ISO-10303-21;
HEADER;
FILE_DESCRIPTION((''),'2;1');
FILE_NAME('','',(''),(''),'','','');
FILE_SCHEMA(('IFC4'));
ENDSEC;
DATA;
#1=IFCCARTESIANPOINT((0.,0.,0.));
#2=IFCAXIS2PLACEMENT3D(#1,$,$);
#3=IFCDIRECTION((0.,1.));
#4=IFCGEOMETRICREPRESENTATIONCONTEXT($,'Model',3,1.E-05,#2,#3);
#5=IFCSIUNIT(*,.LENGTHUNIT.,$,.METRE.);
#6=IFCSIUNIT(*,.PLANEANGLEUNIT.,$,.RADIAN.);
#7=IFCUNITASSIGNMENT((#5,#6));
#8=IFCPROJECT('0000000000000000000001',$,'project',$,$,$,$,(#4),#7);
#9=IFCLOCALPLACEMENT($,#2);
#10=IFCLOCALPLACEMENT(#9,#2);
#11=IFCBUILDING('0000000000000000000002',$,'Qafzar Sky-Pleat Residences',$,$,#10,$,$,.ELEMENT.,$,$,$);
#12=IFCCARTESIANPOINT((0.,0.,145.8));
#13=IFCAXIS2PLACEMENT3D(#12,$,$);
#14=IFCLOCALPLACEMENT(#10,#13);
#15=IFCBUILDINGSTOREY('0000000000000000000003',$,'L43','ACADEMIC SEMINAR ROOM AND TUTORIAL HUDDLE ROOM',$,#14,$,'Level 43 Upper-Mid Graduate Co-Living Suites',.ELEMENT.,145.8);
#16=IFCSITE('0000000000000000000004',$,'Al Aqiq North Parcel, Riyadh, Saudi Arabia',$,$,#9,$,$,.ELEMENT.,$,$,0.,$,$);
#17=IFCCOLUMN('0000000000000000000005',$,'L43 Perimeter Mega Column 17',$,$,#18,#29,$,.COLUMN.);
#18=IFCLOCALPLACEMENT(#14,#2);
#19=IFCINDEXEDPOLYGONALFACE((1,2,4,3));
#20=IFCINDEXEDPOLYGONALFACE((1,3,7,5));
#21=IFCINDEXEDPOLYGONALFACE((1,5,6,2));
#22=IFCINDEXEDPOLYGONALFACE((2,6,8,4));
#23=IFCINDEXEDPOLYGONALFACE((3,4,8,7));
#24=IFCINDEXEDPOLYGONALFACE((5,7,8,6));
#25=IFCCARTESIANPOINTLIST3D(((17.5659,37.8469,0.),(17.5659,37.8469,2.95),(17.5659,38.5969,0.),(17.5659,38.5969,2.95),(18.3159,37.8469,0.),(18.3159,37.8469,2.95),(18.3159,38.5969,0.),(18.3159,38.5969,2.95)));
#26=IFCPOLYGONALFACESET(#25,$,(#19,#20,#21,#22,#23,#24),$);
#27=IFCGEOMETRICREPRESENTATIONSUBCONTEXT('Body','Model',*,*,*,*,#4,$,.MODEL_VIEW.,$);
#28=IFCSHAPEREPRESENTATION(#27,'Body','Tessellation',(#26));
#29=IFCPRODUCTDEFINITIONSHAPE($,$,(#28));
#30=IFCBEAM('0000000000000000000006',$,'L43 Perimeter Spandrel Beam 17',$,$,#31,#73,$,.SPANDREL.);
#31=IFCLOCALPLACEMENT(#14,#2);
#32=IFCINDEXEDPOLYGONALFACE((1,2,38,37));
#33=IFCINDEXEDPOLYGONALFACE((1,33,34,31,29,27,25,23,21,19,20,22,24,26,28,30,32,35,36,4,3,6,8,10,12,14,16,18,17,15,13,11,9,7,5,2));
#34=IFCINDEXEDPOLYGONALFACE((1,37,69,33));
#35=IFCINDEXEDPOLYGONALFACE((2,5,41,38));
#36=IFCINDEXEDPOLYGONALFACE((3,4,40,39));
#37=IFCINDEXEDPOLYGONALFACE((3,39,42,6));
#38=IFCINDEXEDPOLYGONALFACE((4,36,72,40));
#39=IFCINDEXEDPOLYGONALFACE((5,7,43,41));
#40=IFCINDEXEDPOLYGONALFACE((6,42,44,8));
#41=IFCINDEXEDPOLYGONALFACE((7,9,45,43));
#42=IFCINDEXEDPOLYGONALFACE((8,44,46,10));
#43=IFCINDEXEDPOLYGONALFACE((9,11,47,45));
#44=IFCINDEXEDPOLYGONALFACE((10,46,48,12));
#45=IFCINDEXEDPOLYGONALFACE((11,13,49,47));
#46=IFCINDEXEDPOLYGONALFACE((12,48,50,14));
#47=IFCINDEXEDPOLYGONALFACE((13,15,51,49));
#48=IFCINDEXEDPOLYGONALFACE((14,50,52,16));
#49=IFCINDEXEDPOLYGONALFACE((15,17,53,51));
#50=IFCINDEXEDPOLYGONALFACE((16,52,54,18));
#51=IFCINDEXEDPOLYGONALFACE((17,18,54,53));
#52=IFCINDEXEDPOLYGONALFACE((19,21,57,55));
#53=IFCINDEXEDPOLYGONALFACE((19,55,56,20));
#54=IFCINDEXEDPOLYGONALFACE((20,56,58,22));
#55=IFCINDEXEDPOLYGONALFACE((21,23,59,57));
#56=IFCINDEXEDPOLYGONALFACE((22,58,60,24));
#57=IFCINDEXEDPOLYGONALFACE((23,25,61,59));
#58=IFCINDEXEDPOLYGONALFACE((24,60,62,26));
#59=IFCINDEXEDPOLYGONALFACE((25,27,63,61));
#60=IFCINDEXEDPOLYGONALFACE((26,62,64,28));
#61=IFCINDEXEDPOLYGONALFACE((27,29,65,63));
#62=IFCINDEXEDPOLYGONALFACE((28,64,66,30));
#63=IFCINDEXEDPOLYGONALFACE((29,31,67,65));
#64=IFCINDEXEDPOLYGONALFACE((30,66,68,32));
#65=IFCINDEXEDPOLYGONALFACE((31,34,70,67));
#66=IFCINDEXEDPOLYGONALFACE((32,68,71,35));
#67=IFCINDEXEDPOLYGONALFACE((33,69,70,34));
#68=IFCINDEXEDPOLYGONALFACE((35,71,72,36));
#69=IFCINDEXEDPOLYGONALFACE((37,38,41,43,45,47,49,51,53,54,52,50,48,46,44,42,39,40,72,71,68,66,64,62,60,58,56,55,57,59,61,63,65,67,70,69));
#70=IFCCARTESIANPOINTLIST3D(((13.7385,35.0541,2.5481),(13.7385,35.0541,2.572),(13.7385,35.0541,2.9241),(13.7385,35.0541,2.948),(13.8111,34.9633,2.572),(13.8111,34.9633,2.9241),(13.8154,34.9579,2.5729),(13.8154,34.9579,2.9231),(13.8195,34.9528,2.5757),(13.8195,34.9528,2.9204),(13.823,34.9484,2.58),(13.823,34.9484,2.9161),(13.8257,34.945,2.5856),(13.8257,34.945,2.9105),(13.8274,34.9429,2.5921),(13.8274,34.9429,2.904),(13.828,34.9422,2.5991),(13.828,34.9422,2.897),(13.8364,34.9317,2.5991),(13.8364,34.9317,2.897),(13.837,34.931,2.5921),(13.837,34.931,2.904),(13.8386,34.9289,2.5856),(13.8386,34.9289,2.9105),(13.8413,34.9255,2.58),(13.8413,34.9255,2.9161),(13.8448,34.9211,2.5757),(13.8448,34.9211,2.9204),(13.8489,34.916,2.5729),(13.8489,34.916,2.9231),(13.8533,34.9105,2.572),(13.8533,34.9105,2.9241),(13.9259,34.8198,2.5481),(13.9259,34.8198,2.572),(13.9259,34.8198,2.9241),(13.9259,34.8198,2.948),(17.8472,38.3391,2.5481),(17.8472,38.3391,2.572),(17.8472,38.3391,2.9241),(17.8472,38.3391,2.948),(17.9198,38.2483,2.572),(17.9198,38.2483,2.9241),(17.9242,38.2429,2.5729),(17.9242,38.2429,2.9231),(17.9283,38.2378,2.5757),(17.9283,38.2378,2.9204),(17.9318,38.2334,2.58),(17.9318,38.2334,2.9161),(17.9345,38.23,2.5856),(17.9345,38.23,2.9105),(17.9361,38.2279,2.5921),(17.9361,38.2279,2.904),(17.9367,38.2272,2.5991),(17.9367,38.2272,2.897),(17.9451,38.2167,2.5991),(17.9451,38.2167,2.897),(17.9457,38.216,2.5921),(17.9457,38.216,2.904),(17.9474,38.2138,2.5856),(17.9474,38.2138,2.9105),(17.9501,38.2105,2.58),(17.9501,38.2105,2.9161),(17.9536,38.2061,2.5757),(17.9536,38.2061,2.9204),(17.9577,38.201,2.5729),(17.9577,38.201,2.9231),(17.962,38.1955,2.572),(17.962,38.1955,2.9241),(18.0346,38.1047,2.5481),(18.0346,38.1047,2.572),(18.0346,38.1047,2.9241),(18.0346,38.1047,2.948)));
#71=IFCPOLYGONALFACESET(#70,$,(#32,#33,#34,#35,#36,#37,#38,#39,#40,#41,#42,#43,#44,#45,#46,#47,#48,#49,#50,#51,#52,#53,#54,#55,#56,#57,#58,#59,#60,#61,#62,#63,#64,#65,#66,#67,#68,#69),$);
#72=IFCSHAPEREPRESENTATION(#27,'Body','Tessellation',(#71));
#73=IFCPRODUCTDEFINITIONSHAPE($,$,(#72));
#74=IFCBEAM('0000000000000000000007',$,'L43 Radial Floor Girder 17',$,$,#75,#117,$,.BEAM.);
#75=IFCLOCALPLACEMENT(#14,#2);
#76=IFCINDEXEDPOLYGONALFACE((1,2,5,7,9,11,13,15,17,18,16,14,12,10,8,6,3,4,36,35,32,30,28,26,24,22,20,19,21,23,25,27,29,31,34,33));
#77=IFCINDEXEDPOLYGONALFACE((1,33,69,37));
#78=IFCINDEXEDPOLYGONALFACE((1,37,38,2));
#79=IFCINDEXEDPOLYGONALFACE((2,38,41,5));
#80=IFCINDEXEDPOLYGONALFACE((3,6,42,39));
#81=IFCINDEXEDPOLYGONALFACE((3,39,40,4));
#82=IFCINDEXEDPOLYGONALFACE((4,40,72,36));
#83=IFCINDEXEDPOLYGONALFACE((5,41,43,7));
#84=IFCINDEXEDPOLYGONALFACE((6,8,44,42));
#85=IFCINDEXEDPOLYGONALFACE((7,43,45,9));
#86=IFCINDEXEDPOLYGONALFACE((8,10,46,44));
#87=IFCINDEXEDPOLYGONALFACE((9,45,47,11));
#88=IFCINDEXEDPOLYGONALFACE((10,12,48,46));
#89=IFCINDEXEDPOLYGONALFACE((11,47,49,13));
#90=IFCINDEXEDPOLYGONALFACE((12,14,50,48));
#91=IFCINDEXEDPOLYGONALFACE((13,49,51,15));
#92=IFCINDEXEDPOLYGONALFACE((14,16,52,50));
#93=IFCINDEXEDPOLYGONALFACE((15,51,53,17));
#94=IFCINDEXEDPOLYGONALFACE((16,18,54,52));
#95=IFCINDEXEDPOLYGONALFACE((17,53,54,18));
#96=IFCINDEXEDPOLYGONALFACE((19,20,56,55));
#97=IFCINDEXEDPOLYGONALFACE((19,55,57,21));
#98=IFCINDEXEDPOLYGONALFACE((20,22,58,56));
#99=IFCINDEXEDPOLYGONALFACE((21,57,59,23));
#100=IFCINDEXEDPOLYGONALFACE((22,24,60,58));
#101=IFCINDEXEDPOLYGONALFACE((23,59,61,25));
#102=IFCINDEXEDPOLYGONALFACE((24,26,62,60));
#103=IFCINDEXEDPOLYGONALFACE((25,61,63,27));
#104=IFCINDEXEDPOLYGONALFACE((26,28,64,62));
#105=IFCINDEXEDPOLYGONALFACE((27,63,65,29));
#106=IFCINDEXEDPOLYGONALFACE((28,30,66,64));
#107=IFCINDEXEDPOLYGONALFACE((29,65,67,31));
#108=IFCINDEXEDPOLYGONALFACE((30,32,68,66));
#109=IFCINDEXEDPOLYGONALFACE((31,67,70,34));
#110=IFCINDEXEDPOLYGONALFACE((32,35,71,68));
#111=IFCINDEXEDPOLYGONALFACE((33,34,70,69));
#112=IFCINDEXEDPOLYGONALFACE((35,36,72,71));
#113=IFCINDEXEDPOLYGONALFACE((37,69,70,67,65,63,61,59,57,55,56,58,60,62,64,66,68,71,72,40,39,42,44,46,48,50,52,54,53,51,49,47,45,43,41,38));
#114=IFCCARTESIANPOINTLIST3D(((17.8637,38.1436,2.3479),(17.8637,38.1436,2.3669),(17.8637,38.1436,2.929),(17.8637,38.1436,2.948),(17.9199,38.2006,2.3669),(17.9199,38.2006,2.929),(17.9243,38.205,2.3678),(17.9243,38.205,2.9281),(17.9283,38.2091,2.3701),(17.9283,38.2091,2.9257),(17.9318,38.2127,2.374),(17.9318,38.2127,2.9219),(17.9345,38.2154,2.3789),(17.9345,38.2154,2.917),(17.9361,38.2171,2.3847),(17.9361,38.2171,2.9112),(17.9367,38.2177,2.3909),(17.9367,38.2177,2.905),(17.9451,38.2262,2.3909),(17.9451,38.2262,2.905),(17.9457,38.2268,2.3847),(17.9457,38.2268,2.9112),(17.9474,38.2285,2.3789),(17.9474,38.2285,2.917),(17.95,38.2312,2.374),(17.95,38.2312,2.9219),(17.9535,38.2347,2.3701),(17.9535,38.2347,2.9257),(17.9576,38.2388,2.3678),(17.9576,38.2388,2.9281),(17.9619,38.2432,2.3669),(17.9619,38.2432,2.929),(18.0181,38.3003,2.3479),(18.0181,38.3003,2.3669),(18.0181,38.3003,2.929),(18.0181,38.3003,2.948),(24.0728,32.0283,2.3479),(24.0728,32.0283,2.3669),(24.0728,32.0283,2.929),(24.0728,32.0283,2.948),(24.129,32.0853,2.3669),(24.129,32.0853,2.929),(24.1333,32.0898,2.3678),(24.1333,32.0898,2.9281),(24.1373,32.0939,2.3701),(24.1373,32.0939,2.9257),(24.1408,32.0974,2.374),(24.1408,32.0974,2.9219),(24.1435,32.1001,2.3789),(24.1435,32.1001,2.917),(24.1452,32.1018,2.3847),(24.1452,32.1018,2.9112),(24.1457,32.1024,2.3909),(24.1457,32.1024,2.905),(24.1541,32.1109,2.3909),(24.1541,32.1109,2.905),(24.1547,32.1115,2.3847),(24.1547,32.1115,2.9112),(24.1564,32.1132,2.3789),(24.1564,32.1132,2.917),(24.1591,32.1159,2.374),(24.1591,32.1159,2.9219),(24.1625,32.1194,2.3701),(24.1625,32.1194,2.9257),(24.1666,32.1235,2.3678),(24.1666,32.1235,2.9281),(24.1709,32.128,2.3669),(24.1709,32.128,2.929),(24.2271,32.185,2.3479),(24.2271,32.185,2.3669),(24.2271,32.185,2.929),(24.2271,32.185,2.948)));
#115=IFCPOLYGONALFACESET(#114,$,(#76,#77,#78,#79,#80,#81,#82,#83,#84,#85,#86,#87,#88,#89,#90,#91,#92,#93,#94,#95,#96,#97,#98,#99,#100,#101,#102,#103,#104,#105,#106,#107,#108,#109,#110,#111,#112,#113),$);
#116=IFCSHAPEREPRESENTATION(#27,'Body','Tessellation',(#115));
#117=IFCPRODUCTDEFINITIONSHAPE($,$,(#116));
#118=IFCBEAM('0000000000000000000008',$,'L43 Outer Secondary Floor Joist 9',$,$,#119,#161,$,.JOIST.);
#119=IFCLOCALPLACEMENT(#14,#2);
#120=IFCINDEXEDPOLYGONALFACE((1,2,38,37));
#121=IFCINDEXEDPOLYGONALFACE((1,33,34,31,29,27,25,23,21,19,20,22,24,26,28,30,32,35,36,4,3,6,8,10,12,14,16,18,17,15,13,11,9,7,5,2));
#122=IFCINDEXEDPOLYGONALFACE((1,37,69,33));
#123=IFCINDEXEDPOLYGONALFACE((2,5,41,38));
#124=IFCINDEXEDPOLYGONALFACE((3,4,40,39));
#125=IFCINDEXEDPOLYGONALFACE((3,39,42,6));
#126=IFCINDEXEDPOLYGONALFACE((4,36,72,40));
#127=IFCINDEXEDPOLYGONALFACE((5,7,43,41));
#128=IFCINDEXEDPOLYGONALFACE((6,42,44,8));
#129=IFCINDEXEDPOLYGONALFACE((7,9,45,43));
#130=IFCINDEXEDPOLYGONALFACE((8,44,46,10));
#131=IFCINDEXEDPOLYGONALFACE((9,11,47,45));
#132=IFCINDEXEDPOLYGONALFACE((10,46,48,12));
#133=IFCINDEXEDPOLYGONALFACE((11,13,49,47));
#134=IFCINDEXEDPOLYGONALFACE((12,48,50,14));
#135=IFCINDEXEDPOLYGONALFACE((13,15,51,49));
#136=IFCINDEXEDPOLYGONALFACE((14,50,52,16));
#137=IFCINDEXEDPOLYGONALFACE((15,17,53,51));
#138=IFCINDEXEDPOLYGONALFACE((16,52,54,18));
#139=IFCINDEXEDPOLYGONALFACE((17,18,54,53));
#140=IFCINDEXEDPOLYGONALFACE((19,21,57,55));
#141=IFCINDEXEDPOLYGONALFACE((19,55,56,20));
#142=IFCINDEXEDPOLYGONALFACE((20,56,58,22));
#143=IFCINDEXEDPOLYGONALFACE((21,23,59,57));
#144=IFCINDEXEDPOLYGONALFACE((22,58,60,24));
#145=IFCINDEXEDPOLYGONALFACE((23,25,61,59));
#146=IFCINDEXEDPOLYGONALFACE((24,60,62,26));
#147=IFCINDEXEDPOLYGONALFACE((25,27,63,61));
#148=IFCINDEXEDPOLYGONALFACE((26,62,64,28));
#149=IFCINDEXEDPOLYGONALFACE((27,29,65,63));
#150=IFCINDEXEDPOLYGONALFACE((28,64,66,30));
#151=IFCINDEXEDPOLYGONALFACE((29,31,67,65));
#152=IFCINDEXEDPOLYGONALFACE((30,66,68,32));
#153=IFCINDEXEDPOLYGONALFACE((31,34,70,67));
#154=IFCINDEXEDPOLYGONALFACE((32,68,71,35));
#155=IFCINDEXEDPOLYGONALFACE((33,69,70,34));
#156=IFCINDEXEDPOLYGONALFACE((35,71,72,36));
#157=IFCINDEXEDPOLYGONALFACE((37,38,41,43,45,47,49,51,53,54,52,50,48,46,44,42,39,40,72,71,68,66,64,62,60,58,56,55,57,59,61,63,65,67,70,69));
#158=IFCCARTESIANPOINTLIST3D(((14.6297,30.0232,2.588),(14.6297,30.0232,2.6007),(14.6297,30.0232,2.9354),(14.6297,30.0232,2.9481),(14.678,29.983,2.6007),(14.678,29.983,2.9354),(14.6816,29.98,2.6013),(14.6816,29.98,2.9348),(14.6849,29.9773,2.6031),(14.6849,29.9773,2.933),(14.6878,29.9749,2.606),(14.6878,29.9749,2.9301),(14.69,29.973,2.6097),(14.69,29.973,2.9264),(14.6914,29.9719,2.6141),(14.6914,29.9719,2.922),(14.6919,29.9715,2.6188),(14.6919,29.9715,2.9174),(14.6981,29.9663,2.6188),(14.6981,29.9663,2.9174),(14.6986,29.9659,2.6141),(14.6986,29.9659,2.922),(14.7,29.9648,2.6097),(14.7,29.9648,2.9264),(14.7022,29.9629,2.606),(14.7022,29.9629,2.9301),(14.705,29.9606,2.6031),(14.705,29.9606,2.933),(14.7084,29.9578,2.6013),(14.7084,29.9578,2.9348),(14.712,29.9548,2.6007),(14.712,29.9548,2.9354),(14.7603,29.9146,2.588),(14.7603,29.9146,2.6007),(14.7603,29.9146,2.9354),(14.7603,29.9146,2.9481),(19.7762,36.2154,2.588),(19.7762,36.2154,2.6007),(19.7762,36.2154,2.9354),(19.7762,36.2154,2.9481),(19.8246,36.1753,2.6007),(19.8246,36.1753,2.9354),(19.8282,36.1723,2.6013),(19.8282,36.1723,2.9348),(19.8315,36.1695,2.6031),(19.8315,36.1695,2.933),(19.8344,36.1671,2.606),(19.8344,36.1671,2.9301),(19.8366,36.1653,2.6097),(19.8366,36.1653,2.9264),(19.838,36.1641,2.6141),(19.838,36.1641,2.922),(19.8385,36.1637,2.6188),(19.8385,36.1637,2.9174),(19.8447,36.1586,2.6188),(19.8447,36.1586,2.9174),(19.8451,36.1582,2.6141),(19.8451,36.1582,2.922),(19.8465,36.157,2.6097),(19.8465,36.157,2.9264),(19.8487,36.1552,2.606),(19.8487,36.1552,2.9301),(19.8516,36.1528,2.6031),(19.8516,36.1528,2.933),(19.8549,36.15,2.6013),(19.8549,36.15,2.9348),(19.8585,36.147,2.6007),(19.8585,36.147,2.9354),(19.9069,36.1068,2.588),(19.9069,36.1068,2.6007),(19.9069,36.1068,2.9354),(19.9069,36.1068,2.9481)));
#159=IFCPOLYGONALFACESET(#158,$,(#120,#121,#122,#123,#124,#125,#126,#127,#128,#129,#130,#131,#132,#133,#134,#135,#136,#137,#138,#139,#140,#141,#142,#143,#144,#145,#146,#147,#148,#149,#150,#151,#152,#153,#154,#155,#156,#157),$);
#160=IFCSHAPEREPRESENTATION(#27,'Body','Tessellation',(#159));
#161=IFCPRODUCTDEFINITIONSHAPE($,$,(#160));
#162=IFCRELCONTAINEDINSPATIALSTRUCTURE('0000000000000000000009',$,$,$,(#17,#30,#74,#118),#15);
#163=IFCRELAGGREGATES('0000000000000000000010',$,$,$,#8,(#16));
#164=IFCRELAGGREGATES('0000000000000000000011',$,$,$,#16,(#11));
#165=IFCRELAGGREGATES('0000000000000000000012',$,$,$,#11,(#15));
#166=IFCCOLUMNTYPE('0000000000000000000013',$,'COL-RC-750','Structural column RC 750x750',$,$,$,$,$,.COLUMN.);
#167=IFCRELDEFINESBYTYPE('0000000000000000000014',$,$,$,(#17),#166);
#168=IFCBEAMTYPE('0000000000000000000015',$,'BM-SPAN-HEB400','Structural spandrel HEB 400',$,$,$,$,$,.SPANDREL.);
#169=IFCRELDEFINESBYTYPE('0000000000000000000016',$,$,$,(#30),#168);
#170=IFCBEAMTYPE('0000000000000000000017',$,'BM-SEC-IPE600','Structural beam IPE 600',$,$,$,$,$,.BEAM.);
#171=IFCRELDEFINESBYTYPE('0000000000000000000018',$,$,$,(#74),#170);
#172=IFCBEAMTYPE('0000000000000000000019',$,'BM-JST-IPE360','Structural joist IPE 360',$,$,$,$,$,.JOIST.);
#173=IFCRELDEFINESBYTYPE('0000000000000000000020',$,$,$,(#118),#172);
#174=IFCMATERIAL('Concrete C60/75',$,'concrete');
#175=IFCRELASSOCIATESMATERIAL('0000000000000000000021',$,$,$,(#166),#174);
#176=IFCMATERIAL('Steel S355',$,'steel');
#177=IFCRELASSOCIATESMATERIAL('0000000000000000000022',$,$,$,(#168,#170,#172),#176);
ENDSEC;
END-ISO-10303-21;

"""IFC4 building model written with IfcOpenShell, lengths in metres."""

from ifc_helpers import new_model, si_unit, direction, frame, origin, origin_2d, place, context, subcontext, project, spatial, rectangle, i_section, extrude, source, transform, mapped, material, material_profile, profile_set, type_object, element, save


model = new_model("IFC4")

# Units and contexts
model_context = context("Model", 3, precision=1e-05, world=origin(), true_north=direction((0.0, 1.0)))
body_context = subcontext(model_context, "Body", "Model", "MODEL_VIEW")
ifc_project = project(units=[si_unit("LENGTHUNIT", "METRE"), si_unit("PLANEANGLEUNIT", "RADIAN")], contexts=[model_context])

# Site, building, storey
site_placement = place(None, origin())
site = spatial("IfcSite", under=ifc_project, at=site_placement, Name="Al Aqiq North Parcel, Riyadh, Saudi Arabia", CompositionType="ELEMENT", RefElevation=0.0)
building_placement = place(site_placement, origin())
building = spatial("IfcBuilding", under=site, at=building_placement, Name="Qafzar Sky-Pleat Residences", CompositionType="ELEMENT")
storey_placement = place(building_placement, frame((0.0, 0.0, 145.8)))
storey = spatial("IfcBuildingStorey", under=building, at=storey_placement, Name="L43", Description="ACADEMIC SEMINAR ROOM AND TUTORIAL HUDDLE ROOM", LongName="Level 43 Upper-Mid Graduate Co-Living Suites", CompositionType="ELEMENT", Elevation=145.8)

# Column
ifc_material_1 = material(Name="Concrete C60/75", Category="concrete")
ifc_material_profile_1 = material_profile(ifc_material_1, rectangle(XDim=0.75, YDim=0.75, at=origin_2d()), Name="RC 750x750")
ifc_profile_set_1 = profile_set([ifc_material_profile_1], Name="Concrete C60/75")
column_type = type_object("IfcColumnType", Name="COL-RC-750", Description="Structural column RC 750x750", PredefinedType="COLUMN", material=ifc_profile_set_1)
shared_shape_1 = source(origin(), body_context, "Body", "SweptSolid", [
    extrude(rectangle(XDim=0.75, YDim=0.75, at=origin_2d()), origin(), (0.0, 0.0, 1.0), 2.95),
])
column_placement = place(storey_placement, frame((17.9409, 38.2219, 0.0), z_axis=(0.0, 0.0, 1.0), x_axis=(1.0, 0.0, 0.0)))
element("IfcColumn", 1, at=column_placement, inside=storey, type_object=column_type, Name="L43 Perimeter Mega Column 17", PredefinedType="COLUMN", context=body_context, shape_type="MappedRepresentation", body=[
    mapped(shared_shape_1, transform((0.0, 0.0, 0.0), x_axis=(1.0, 0.0, 0.0), y_axis=(0.0, 1.0, 0.0), z_axis=(0.0, 0.0, 1.0), scale=1.0)),
])

# Beams
ifc_material_2 = material(Name="Steel S355", Category="steel")
ifc_material_profile_2 = material_profile(ifc_material_2, i_section(OverallWidth=0.3, OverallDepth=0.3999, WebThickness=0.0134, FlangeThickness=0.0239, FilletRadius=0.0271, at=origin_2d()), Name="HEB 400")
ifc_profile_set_2 = profile_set([ifc_material_profile_2], Name="Steel S355")
beam_type_1 = type_object("IfcBeamType", Name="BM-SPAN-HEB400", Description="Structural spandrel HEB 400", PredefinedType="SPANDREL", material=ifc_profile_set_2)
shared_shape_2 = source(origin(), body_context, "Body", "SweptSolid", [
    extrude(i_section(OverallWidth=0.3, OverallDepth=0.3999, WebThickness=0.0134, FlangeThickness=0.0239, FilletRadius=0.0271, at=origin_2d()), origin(), (0.0, 0.0, 1.0), 5.2605),
])
beam_1_placement = place(storey_placement, frame((17.9409, 38.2219, 2.748), z_axis=(-0.781054, -0.624463, 0.0), x_axis=(0.624463, -0.781054, 0.0)))
element("IfcBeam", 2, at=beam_1_placement, inside=storey, type_object=beam_type_1, Name="L43 Perimeter Spandrel Beam 17", PredefinedType="SPANDREL", context=body_context, shape_type="MappedRepresentation", body=[
    mapped(shared_shape_2, transform((0.0, 0.0, 0.0), x_axis=(1.0, 0.0, 0.0), y_axis=(0.0, 1.0, 0.0), z_axis=(0.0, 0.0, 1.0), scale=1.0)),
])
ifc_material_profile_3 = material_profile(ifc_material_2, i_section(OverallWidth=0.22, OverallDepth=0.6001, WebThickness=0.012, FlangeThickness=0.019, FilletRadius=0.0239, at=origin_2d()), Name="IPE 600")
ifc_profile_set_3 = profile_set([ifc_material_profile_3], Name="Steel S355")
beam_type_2 = type_object("IfcBeamType", Name="BM-SEC-IPE600", Description="Structural beam IPE 600", PredefinedType="BEAM", material=ifc_profile_set_3)
shared_shape_3 = source(origin(), body_context, "Body", "SweptSolid", [
    extrude(i_section(OverallWidth=0.22, OverallDepth=0.6001, WebThickness=0.012, FlangeThickness=0.019, FilletRadius=0.0239, at=origin_2d()), origin(), (0.0, 0.0, 1.0), 8.7148),
])
beam_2_placement = place(storey_placement, frame((17.9409, 38.2219, 2.6479), z_axis=(0.712465, -0.701708, 0.0), x_axis=(0.701708, 0.712465, 0.0)))
element("IfcBeam", 3, at=beam_2_placement, inside=storey, type_object=beam_type_2, Name="L43 Radial Floor Girder 17", PredefinedType="BEAM", context=body_context, shape_type="MappedRepresentation", body=[
    mapped(shared_shape_3, transform((0.0, 0.0, 0.0), x_axis=(1.0, 0.0, 0.0), y_axis=(0.0, 1.0, 0.0), z_axis=(0.0, 0.0, 1.0), scale=1.0)),
])
ifc_material_profile_4 = material_profile(ifc_material_2, i_section(OverallWidth=0.1699, OverallDepth=0.3601, WebThickness=0.0081, FlangeThickness=0.0127, FilletRadius=0.0181, at=origin_2d()), Name="IPE 360")
ifc_profile_set_4 = profile_set([ifc_material_profile_4], Name="Steel S355")
beam_type_3 = type_object("IfcBeamType", Name="BM-JST-IPE360", Description="Structural joist IPE 360", PredefinedType="JOIST", material=ifc_profile_set_4)
shared_shape_4 = source(origin(), body_context, "Body", "SweptSolid", [
    extrude(i_section(OverallWidth=0.1699, OverallDepth=0.3601, WebThickness=0.0081, FlangeThickness=0.0127, FilletRadius=0.0181, at=origin_2d()), origin(), (0.0, 0.0, 1.0), 8.0518),
])
beam_3_placement = place(storey_placement, frame((19.8416, 36.1611, 2.7681), z_axis=(-0.639185, -0.769053, 0.0), x_axis=(0.769053, -0.639185, 0.0)))
element("IfcBeam", 4, at=beam_3_placement, inside=storey, type_object=beam_type_3, Name="L43 Outer Secondary Floor Joist 9", PredefinedType="JOIST", context=body_context, shape_type="MappedRepresentation", body=[
    mapped(shared_shape_4, transform((0.0, 0.0, 0.0), x_axis=(1.0, 0.0, 0.0), y_axis=(0.0, 1.0, 0.0), z_axis=(0.0, 0.0, 1.0), scale=1.0)),
])

save(model, "model.ifc")
